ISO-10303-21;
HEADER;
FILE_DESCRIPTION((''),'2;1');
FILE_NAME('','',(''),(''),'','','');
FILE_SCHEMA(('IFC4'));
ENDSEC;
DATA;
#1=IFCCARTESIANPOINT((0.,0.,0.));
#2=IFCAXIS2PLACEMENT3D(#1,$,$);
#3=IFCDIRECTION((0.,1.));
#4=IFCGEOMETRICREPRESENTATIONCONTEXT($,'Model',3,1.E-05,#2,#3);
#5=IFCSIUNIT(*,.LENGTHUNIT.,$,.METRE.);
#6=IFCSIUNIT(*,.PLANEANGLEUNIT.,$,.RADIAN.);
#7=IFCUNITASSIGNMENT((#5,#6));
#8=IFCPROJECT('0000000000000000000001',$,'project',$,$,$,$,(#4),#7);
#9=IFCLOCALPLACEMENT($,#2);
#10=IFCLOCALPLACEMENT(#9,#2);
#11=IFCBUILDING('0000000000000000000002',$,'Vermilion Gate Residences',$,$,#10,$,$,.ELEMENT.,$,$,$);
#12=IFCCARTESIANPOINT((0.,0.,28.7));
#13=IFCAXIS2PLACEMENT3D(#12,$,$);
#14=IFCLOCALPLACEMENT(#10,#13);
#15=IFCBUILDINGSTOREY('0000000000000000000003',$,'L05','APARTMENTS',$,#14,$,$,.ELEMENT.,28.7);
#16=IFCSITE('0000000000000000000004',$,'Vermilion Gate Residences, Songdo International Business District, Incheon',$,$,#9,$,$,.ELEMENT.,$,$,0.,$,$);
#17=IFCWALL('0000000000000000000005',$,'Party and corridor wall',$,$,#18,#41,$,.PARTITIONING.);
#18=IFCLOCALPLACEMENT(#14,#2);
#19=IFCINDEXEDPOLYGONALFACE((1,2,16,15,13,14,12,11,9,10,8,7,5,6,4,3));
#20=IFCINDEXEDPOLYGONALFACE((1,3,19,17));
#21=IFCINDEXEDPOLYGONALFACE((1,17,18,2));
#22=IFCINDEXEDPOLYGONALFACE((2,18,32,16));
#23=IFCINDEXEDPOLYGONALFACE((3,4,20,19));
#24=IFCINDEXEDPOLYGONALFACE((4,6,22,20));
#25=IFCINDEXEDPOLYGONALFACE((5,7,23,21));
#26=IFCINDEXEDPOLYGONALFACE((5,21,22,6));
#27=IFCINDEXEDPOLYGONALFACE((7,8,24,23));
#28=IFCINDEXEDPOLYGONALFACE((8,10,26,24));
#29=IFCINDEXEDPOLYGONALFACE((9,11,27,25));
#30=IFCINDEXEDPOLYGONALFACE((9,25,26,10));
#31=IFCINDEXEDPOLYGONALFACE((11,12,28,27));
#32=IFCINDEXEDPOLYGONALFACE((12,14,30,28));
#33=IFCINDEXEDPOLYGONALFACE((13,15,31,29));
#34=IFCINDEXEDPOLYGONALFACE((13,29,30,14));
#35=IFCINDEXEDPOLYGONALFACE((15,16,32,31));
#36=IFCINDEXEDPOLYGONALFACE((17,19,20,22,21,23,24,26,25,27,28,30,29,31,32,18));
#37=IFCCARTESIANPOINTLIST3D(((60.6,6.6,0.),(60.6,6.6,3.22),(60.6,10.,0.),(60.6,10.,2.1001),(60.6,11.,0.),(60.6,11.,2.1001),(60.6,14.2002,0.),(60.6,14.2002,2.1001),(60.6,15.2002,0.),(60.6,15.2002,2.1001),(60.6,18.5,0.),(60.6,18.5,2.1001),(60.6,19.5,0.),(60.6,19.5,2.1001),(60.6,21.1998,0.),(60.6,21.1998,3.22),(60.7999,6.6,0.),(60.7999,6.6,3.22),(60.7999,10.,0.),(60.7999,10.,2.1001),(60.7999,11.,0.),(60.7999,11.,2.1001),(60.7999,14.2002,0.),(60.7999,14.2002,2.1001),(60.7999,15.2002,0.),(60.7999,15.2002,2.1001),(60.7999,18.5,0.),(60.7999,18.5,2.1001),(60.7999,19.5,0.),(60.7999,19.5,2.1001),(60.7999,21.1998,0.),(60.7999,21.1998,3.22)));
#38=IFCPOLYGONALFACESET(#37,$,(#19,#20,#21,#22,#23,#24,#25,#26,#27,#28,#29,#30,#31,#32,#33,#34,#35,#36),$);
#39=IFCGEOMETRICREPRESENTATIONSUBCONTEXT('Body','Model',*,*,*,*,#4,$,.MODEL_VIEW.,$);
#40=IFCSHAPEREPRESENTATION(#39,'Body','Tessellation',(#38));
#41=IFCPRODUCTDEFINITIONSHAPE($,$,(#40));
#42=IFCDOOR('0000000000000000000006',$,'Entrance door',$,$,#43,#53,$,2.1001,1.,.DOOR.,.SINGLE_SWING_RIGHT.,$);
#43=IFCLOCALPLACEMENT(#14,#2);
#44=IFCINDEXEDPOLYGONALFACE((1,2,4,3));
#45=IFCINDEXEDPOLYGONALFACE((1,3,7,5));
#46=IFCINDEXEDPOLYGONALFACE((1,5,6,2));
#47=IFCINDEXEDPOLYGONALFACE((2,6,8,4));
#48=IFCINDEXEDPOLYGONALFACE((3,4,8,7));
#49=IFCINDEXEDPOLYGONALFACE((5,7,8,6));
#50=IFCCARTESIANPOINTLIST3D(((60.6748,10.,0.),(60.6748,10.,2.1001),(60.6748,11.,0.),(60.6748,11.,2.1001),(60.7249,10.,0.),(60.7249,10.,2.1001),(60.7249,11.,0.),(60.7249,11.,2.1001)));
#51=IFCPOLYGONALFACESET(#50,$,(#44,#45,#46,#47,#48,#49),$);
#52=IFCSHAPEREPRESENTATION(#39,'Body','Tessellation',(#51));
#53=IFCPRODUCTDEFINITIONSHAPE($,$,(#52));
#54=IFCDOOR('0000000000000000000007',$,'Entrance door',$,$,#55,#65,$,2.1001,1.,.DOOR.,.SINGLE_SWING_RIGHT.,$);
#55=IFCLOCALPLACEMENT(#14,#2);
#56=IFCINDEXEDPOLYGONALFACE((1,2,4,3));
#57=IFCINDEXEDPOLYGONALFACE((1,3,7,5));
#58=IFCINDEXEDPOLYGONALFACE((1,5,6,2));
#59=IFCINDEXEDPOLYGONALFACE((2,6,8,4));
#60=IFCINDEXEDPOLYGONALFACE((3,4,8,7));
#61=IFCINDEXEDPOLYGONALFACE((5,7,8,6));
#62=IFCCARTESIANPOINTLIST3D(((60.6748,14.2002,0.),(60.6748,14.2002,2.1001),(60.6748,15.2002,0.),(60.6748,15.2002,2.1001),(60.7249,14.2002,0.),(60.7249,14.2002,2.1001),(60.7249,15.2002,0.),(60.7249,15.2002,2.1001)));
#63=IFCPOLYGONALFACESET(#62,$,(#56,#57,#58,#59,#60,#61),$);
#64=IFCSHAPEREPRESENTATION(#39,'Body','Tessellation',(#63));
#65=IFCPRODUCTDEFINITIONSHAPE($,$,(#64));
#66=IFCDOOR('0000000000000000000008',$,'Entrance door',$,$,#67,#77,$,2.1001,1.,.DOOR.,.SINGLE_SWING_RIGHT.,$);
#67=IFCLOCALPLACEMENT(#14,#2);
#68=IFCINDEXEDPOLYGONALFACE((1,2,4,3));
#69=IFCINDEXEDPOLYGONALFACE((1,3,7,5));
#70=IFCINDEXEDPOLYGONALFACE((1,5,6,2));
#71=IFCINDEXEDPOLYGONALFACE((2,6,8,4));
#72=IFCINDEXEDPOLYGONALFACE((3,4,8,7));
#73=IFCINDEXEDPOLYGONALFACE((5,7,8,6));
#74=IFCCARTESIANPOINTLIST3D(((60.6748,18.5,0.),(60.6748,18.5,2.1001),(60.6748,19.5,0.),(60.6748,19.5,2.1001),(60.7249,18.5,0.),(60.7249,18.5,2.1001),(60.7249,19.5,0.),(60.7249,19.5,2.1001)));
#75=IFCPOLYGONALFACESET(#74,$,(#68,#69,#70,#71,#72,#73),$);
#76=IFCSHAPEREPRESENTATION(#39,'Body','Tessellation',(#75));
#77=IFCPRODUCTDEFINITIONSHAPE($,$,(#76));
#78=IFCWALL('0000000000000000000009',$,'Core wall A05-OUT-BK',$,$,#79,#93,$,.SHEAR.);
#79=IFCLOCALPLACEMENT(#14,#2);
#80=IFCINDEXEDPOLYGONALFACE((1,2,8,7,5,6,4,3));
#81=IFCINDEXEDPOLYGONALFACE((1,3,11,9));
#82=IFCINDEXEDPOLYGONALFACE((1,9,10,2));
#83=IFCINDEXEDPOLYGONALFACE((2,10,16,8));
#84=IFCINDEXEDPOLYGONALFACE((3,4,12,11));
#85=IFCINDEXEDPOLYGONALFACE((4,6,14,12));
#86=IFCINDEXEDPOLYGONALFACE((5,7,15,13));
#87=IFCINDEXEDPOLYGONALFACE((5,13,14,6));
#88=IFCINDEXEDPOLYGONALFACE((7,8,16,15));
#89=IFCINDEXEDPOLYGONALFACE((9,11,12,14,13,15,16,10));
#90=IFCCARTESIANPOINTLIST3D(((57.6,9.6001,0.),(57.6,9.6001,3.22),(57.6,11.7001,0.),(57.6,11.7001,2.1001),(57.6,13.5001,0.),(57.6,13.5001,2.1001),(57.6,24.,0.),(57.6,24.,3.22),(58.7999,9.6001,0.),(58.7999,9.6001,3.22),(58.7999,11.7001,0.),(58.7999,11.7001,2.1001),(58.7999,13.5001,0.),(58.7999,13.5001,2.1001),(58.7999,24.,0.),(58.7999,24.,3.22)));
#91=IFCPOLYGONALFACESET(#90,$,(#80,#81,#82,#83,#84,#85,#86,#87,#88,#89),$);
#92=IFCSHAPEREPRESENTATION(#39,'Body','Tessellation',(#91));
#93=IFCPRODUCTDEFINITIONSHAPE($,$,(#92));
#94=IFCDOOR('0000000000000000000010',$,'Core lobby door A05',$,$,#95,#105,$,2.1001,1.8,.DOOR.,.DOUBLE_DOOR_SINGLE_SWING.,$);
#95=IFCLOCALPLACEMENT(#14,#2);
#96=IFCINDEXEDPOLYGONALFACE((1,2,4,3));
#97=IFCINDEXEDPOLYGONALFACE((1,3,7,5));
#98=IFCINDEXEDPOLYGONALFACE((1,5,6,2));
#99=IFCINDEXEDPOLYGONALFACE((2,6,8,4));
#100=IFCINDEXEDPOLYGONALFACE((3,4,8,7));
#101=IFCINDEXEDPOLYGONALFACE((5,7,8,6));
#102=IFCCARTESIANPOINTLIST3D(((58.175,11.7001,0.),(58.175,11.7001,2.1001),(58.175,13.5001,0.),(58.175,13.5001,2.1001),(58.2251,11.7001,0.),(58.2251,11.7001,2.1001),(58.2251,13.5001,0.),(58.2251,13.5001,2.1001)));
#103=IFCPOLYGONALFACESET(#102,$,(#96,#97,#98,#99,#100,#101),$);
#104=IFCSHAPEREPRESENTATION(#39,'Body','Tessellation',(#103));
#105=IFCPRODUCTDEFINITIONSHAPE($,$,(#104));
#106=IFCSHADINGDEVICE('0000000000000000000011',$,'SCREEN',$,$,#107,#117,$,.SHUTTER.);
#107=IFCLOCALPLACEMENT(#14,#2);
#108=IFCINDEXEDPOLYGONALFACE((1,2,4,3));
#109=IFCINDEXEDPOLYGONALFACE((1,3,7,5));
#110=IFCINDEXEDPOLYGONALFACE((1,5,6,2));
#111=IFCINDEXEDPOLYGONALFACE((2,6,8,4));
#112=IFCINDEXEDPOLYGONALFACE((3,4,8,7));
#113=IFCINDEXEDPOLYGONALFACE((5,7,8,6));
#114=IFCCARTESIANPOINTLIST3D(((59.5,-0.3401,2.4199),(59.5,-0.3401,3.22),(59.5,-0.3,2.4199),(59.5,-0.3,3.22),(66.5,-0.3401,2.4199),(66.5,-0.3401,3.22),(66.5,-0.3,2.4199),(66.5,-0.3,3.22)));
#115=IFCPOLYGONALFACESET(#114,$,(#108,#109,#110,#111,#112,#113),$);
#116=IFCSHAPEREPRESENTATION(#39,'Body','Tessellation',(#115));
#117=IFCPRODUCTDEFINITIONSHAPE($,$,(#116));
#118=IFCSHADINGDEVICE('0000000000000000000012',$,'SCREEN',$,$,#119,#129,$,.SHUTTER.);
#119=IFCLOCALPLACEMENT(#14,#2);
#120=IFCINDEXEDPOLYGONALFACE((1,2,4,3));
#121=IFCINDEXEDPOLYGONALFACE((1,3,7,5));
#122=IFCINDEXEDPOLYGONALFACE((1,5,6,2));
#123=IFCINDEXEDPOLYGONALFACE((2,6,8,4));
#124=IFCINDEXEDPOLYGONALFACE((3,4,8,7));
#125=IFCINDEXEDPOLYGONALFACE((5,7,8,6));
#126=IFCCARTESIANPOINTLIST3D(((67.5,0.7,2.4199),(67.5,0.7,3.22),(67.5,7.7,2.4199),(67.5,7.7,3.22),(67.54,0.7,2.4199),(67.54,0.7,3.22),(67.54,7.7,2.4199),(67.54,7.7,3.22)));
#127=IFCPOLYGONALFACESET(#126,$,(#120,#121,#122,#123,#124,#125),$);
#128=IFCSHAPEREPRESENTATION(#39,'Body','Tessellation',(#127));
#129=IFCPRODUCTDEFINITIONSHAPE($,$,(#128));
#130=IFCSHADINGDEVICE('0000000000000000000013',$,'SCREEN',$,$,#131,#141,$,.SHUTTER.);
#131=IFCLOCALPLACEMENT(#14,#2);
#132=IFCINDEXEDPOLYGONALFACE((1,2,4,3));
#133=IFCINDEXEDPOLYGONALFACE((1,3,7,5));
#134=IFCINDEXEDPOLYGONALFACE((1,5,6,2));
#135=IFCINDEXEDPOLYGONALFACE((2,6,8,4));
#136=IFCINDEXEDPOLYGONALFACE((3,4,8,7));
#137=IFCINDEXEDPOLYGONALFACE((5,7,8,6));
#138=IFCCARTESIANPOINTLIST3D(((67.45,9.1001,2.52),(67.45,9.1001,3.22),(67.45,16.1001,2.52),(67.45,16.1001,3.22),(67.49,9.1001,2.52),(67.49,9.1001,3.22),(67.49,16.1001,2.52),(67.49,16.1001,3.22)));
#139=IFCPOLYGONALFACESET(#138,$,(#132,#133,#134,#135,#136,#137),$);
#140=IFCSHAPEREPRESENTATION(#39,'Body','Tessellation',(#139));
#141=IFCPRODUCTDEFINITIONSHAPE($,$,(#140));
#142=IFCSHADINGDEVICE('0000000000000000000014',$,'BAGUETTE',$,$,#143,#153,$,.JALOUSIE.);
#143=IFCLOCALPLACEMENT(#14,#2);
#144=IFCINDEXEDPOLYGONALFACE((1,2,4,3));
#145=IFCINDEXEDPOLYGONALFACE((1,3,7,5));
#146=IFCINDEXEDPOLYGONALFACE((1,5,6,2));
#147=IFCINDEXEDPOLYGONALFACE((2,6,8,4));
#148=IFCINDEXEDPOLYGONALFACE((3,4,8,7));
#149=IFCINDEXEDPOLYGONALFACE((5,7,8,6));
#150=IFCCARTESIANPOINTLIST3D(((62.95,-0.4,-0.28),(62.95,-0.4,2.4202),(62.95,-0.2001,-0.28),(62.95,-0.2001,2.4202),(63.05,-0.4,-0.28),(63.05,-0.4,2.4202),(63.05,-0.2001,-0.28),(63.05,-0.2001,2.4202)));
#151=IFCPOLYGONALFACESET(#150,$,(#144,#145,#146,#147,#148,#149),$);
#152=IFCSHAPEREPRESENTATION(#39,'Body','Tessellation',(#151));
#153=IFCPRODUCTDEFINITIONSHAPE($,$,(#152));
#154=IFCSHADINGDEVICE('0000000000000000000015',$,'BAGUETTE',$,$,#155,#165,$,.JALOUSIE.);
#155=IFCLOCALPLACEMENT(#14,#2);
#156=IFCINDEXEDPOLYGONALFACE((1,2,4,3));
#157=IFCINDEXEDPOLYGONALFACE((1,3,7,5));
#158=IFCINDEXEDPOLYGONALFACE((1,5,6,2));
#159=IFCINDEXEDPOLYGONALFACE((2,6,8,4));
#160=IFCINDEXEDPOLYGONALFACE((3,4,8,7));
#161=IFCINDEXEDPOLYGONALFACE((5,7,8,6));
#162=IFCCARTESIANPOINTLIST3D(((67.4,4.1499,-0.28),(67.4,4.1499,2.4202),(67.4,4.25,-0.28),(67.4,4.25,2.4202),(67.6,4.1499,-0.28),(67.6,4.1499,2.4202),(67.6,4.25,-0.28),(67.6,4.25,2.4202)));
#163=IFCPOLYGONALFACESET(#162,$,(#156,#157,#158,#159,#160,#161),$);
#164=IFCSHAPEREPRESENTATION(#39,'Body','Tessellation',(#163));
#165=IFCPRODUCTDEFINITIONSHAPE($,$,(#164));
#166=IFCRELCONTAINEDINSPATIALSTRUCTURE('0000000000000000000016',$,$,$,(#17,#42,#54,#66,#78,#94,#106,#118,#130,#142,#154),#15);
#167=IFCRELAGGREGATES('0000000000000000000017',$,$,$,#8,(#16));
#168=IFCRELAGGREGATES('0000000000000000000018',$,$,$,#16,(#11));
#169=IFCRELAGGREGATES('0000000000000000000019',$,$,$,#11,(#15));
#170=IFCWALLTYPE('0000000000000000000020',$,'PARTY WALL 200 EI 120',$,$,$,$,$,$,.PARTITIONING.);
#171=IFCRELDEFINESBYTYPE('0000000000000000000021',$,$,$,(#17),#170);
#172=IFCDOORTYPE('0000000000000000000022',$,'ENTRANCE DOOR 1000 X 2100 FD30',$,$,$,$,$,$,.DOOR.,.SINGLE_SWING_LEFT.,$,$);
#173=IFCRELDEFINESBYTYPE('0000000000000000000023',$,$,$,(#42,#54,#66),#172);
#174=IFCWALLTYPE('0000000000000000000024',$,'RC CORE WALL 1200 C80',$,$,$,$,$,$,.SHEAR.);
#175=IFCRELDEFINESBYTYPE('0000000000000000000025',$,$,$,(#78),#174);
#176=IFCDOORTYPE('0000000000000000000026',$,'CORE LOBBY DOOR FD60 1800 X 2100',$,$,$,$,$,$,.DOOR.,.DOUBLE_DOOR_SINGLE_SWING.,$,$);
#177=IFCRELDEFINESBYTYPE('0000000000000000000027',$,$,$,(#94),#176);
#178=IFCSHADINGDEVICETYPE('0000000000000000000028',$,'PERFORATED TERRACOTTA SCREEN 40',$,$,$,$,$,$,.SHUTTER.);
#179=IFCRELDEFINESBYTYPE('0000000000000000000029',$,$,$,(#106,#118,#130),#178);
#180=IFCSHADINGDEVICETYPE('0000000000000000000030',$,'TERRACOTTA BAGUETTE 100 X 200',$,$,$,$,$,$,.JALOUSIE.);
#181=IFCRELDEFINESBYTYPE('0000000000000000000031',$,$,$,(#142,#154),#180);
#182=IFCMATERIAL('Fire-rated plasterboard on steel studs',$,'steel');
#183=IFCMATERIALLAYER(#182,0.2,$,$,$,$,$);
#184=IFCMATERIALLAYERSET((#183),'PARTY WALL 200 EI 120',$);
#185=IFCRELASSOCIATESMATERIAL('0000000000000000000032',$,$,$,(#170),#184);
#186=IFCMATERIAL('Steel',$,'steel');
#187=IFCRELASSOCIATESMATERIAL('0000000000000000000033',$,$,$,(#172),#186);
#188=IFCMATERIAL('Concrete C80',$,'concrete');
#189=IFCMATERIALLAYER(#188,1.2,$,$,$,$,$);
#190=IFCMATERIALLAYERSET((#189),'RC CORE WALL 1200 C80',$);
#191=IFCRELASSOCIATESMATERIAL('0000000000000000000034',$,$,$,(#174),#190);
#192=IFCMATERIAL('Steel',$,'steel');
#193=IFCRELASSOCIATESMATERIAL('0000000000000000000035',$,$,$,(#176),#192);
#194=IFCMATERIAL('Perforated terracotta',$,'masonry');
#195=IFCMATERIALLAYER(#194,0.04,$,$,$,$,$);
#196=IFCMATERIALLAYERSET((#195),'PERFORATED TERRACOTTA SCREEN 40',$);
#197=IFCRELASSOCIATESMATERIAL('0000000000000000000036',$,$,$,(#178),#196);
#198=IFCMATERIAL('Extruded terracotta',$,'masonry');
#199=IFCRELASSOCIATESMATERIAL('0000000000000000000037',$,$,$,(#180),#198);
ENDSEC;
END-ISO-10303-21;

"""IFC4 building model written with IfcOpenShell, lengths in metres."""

from ifc_helpers import new_model, si_unit, direction, frame, frame_2d, origin, origin_2d, place, context, subcontext, project, spatial, rectangle, extrude, material, layer, layer_set, material_profile, profile_set, type_object, element, fill, save


model = new_model("IFC4")

# Units and contexts
model_context = context("Model", 3, precision=1e-05, world=origin(), true_north=direction((0.0, 1.0)))
body_context = subcontext(model_context, "Body", "Model", "MODEL_VIEW")
ifc_project = project(units=[si_unit("LENGTHUNIT", "METRE"), si_unit("PLANEANGLEUNIT", "RADIAN")], contexts=[model_context])

# Site, building, storey
site_placement = place(None, origin())
site = spatial("IfcSite", under=ifc_project, at=site_placement, Name="Vermilion Gate Residences, Songdo International Business District, Incheon", CompositionType="ELEMENT", RefElevation=0.0)
building_placement = place(site_placement, origin())
building = spatial("IfcBuilding", under=site, at=building_placement, Name="Vermilion Gate Residences", CompositionType="ELEMENT")
storey_placement = place(building_placement, frame((0.0, 0.0, 28.7)))
storey = spatial("IfcBuildingStorey", under=building, at=storey_placement, Name="L05", Description="APARTMENTS", CompositionType="ELEMENT", Elevation=28.7)

# Shared definitions
ifc_material_1 = material(Name="Fire-rated plasterboard on steel studs", Category="steel")
ifc_layer_1 = layer(ifc_material_1, 0.2)
ifc_layer_set_1 = layer_set([ifc_layer_1], Name="PARTY WALL 200 EI 120")
wall_type_1 = type_object("IfcWallType", Name="PARTY WALL 200 EI 120", PredefinedType="PARTITIONING", material=ifc_layer_set_1)

# Wall, openings, doors
wall_1_placement = place(storey_placement, frame((60.7, 6.6001, 0.0), z_axis=(0.0, 0.0, 1.0), x_axis=(0.0, 1.0, 0.0)))
wall_1 = element("IfcWall", 1, at=wall_1_placement, inside=storey, type_object=wall_type_1, Name="Party and corridor wall", PredefinedType="PARTITIONING", context=body_context, shape_type="SweptSolid", body=[
    extrude(rectangle(XDim=14.5999, YDim=0.2, at=frame_2d((7.2998, 0.0))), origin(), (0.0, 0.0, 1.0), 3.22),
])
opening_1_placement = place(wall_1_placement, frame((3.3999, 0.0, 0.0)))
opening_1 = element("IfcOpeningElement", 2, at=opening_1_placement, cuts=wall_1, PredefinedType="OPENING", context=body_context, shape_type="SweptSolid", body=[
    extrude(rectangle(XDim=1.0, YDim=2.1001, at=frame_2d((0.5, 1.05))), frame((0.0, 0.1099, 0.0), z_axis=(0.0, -1.0, 0.0), x_axis=(1.0, 0.0, 0.0)), (0.0, 0.0, 1.0), 0.22),
])
opening_2_placement = place(wall_1_placement, frame((7.6001, 0.0, 0.0)))
opening_2 = element("IfcOpeningElement", 3, at=opening_2_placement, cuts=wall_1, PredefinedType="OPENING", context=body_context, shape_type="SweptSolid", body=[
    extrude(rectangle(XDim=1.0, YDim=2.1001, at=frame_2d((0.5, 1.05))), frame((0.0, 0.1099, 0.0), z_axis=(0.0, -1.0, 0.0), x_axis=(1.0, 0.0, 0.0)), (0.0, 0.0, 1.0), 0.22),
])
opening_3_placement = place(wall_1_placement, frame((11.8999, 0.0, 0.0)))
opening_3 = element("IfcOpeningElement", 4, at=opening_3_placement, cuts=wall_1, PredefinedType="OPENING", context=body_context, shape_type="SweptSolid", body=[
    extrude(rectangle(XDim=1.0, YDim=2.1001, at=frame_2d((0.5, 1.05))), frame((0.0, 0.1099, 0.0), z_axis=(0.0, -1.0, 0.0), x_axis=(1.0, 0.0, 0.0)), (0.0, 0.0, 1.0), 0.22),
])
ifc_material_2 = material(Name="Steel", Category="steel")
door_type_1 = type_object("IfcDoorType", Name="ENTRANCE DOOR 1000 X 2100 FD30", OperationType="SINGLE_SWING_LEFT", PredefinedType="DOOR", material=ifc_material_2)
door_1_placement = place(opening_1_placement, frame((1.0, 0.0, 0.0), z_axis=(0.0, 0.0, 1.0), x_axis=(-1.0, 0.0, 0.0)))
door_1 = element("IfcDoor", 5, at=door_1_placement, inside=storey, type_object=door_type_1, Name="Entrance door", OperationType="SINGLE_SWING_RIGHT", OverallHeight=2.1001, OverallWidth=1.0, PredefinedType="DOOR", context=body_context, shape_type="SweptSolid", body=[
    extrude(rectangle(XDim=1.0, YDim=2.1001, at=frame_2d((0.5, 1.05))), frame((0.0, 0.0249, 0.0), z_axis=(0.0, -1.0, 0.0), x_axis=(1.0, 0.0, 0.0)), (0.0, 0.0, 1.0), 0.05),
])
fill(opening_1, door_1)
door_2_placement = place(opening_2_placement, frame((1.0, 0.0, 0.0), z_axis=(0.0, 0.0, 1.0), x_axis=(-1.0, 0.0, 0.0)))
door_2 = element("IfcDoor", 6, at=door_2_placement, inside=storey, type_object=door_type_1, Name="Entrance door", OperationType="SINGLE_SWING_RIGHT", OverallHeight=2.1001, OverallWidth=1.0, PredefinedType="DOOR", context=body_context, shape_type="SweptSolid", body=[
    extrude(rectangle(XDim=1.0, YDim=2.1001, at=frame_2d((0.5, 1.05))), frame((0.0, 0.0249, 0.0), z_axis=(0.0, -1.0, 0.0), x_axis=(1.0, 0.0, 0.0)), (0.0, 0.0, 1.0), 0.05),
])
fill(opening_2, door_2)
door_3_placement = place(opening_3_placement, frame((1.0, 0.0, 0.0), z_axis=(0.0, 0.0, 1.0), x_axis=(-1.0, 0.0, 0.0)))
door_3 = element("IfcDoor", 7, at=door_3_placement, inside=storey, type_object=door_type_1, Name="Entrance door", OperationType="SINGLE_SWING_RIGHT", OverallHeight=2.1001, OverallWidth=1.0, PredefinedType="DOOR", context=body_context, shape_type="SweptSolid", body=[
    extrude(rectangle(XDim=1.0, YDim=2.1001, at=frame_2d((0.5, 1.05))), frame((0.0, 0.0249, 0.0), z_axis=(0.0, -1.0, 0.0), x_axis=(1.0, 0.0, 0.0)), (0.0, 0.0, 1.0), 0.05),
])
fill(opening_3, door_3)

# Wall, opening, door
ifc_material_3 = material(Name="Concrete C80", Category="concrete")
ifc_layer_2 = layer(ifc_material_3, 1.2)
ifc_layer_set_2 = layer_set([ifc_layer_2], Name="RC CORE WALL 1200 C80")
wall_type_2 = type_object("IfcWallType", Name="RC CORE WALL 1200 C80", PredefinedType="SHEAR", material=ifc_layer_set_2)
wall_2_placement = place(storey_placement, frame((58.2, 9.6001, 0.0), z_axis=(0.0, 0.0, 1.0), x_axis=(0.0, 1.0, 0.0)))
wall_2 = element("IfcWall", 8, at=wall_2_placement, inside=storey, type_object=wall_type_2, Name="Core wall A05-OUT-BK", PredefinedType="SHEAR", context=body_context, shape_type="SweptSolid", body=[
    extrude(rectangle(XDim=14.3999, YDim=1.2, at=frame_2d((7.2, 0.0))), origin(), (0.0, 0.0, 1.0), 3.22),
])
opening_4_placement = place(wall_2_placement, frame((2.1001, 0.0, 0.0)))
opening_4 = element("IfcOpeningElement", 9, at=opening_4_placement, cuts=wall_2, PredefinedType="OPENING", context=body_context, shape_type="SweptSolid", body=[
    extrude(rectangle(XDim=1.8, YDim=2.1001, at=frame_2d((0.8999, 1.05))), frame((0.0, 0.6099, 0.0), z_axis=(0.0, -1.0, 0.0), x_axis=(1.0, 0.0, 0.0)), (0.0, 0.0, 1.0), 1.22),
])
ifc_material_4 = material(Name="Steel", Category="steel")
door_type_2 = type_object("IfcDoorType", Name="CORE LOBBY DOOR FD60 1800 X 2100", OperationType="DOUBLE_DOOR_SINGLE_SWING", PredefinedType="DOOR", material=ifc_material_4)
door_4_placement = place(opening_4_placement, origin())
door_4 = element("IfcDoor", 10, at=door_4_placement, inside=storey, type_object=door_type_2, Name="Core lobby door A05", OperationType="DOUBLE_DOOR_SINGLE_SWING", OverallHeight=2.1001, OverallWidth=1.8, PredefinedType="DOOR", context=body_context, shape_type="SweptSolid", body=[
    extrude(rectangle(XDim=1.8, YDim=2.1001, at=frame_2d((0.8999, 1.05))), frame((0.0, 0.0249, 0.0), z_axis=(0.0, -1.0, 0.0), x_axis=(1.0, 0.0, 0.0)), (0.0, 0.0, 1.0), 0.05),
])
fill(opening_4, door_4)

# Shading devices
ifc_material_5 = material(Name="Perforated terracotta", Category="masonry")
ifc_layer_3 = layer(ifc_material_5, 0.04)
ifc_layer_set_3 = layer_set([ifc_layer_3], Name="PERFORATED TERRACOTTA SCREEN 40")
shading_device_type_1 = type_object("IfcShadingDeviceType", Name="PERFORATED TERRACOTTA SCREEN 40", PredefinedType="SHUTTER", material=ifc_layer_set_3)
for number, where, z_axis, x_axis, name in (
    (11, (63.0, -0.3201, 2.4199), (0.0, 0.0, 1.0), (1.0, 0.0, 0.0), "SCREEN"),
    (12, (67.52, 4.2, 2.4199), (0.0, 0.0, 1.0), (0.0, 1.0, 0.0), "SCREEN"),
):
    element("IfcShadingDevice", number, at=place(storey_placement, frame(where, z_axis=z_axis, x_axis=x_axis)), inside=storey, type_object=shading_device_type_1, Name=name, PredefinedType="SHUTTER", context=body_context, shape_type="SweptSolid", body=[
        extrude(rectangle(XDim=7.0, YDim=0.04, at=origin_2d()), origin(), (0.0, 0.0, 1.0), 0.8),
    ])
shading_device_1_placement = place(storey_placement, frame((67.47, 12.6001, 2.52), z_axis=(0.0, 0.0, 1.0), x_axis=(0.0, 1.0, 0.0)))
element("IfcShadingDevice", 13, at=shading_device_1_placement, inside=storey, type_object=shading_device_type_1, Name="SCREEN", PredefinedType="SHUTTER", context=body_context, shape_type="SweptSolid", body=[
    extrude(rectangle(XDim=7.0, YDim=0.04, at=origin_2d()), origin(), (0.0, 0.0, 1.0), 0.7),
])
ifc_material_6 = material(Name="Extruded terracotta", Category="masonry")
ifc_material_profile_1 = material_profile(ifc_material_6, rectangle(XDim=0.2, YDim=0.1001, at=origin_2d()), Name="BAGUETTE 100 X 200")
ifc_profile_set_1 = profile_set([ifc_material_profile_1], Name="Extruded terracotta")
shading_device_type_2 = type_object("IfcShadingDeviceType", Name="TERRACOTTA BAGUETTE 100 X 200", PredefinedType="JALOUSIE", material=ifc_profile_set_1)
for number, where, z_axis, x_axis, name in (
    (14, (63.0, -0.3, -0.28), (0.0, 0.0, 1.0), (0.0, 1.0, 0.0), "BAGUETTE"),
    (15, (67.5, 4.2, -0.28), (0.0, 0.0, 1.0), (-1.0, 0.0, 0.0), "BAGUETTE"),
):
    element("IfcShadingDevice", number, at=place(storey_placement, frame(where, z_axis=z_axis, x_axis=x_axis)), inside=storey, type_object=shading_device_type_2, Name=name, PredefinedType="JALOUSIE", context=body_context, shape_type="SweptSolid", body=[
        extrude(rectangle(XDim=0.2, YDim=0.1001, at=origin_2d()), origin(), (0.0, 0.0, 1.0), 2.7002),
    ])

save(model, "model.ifc")
